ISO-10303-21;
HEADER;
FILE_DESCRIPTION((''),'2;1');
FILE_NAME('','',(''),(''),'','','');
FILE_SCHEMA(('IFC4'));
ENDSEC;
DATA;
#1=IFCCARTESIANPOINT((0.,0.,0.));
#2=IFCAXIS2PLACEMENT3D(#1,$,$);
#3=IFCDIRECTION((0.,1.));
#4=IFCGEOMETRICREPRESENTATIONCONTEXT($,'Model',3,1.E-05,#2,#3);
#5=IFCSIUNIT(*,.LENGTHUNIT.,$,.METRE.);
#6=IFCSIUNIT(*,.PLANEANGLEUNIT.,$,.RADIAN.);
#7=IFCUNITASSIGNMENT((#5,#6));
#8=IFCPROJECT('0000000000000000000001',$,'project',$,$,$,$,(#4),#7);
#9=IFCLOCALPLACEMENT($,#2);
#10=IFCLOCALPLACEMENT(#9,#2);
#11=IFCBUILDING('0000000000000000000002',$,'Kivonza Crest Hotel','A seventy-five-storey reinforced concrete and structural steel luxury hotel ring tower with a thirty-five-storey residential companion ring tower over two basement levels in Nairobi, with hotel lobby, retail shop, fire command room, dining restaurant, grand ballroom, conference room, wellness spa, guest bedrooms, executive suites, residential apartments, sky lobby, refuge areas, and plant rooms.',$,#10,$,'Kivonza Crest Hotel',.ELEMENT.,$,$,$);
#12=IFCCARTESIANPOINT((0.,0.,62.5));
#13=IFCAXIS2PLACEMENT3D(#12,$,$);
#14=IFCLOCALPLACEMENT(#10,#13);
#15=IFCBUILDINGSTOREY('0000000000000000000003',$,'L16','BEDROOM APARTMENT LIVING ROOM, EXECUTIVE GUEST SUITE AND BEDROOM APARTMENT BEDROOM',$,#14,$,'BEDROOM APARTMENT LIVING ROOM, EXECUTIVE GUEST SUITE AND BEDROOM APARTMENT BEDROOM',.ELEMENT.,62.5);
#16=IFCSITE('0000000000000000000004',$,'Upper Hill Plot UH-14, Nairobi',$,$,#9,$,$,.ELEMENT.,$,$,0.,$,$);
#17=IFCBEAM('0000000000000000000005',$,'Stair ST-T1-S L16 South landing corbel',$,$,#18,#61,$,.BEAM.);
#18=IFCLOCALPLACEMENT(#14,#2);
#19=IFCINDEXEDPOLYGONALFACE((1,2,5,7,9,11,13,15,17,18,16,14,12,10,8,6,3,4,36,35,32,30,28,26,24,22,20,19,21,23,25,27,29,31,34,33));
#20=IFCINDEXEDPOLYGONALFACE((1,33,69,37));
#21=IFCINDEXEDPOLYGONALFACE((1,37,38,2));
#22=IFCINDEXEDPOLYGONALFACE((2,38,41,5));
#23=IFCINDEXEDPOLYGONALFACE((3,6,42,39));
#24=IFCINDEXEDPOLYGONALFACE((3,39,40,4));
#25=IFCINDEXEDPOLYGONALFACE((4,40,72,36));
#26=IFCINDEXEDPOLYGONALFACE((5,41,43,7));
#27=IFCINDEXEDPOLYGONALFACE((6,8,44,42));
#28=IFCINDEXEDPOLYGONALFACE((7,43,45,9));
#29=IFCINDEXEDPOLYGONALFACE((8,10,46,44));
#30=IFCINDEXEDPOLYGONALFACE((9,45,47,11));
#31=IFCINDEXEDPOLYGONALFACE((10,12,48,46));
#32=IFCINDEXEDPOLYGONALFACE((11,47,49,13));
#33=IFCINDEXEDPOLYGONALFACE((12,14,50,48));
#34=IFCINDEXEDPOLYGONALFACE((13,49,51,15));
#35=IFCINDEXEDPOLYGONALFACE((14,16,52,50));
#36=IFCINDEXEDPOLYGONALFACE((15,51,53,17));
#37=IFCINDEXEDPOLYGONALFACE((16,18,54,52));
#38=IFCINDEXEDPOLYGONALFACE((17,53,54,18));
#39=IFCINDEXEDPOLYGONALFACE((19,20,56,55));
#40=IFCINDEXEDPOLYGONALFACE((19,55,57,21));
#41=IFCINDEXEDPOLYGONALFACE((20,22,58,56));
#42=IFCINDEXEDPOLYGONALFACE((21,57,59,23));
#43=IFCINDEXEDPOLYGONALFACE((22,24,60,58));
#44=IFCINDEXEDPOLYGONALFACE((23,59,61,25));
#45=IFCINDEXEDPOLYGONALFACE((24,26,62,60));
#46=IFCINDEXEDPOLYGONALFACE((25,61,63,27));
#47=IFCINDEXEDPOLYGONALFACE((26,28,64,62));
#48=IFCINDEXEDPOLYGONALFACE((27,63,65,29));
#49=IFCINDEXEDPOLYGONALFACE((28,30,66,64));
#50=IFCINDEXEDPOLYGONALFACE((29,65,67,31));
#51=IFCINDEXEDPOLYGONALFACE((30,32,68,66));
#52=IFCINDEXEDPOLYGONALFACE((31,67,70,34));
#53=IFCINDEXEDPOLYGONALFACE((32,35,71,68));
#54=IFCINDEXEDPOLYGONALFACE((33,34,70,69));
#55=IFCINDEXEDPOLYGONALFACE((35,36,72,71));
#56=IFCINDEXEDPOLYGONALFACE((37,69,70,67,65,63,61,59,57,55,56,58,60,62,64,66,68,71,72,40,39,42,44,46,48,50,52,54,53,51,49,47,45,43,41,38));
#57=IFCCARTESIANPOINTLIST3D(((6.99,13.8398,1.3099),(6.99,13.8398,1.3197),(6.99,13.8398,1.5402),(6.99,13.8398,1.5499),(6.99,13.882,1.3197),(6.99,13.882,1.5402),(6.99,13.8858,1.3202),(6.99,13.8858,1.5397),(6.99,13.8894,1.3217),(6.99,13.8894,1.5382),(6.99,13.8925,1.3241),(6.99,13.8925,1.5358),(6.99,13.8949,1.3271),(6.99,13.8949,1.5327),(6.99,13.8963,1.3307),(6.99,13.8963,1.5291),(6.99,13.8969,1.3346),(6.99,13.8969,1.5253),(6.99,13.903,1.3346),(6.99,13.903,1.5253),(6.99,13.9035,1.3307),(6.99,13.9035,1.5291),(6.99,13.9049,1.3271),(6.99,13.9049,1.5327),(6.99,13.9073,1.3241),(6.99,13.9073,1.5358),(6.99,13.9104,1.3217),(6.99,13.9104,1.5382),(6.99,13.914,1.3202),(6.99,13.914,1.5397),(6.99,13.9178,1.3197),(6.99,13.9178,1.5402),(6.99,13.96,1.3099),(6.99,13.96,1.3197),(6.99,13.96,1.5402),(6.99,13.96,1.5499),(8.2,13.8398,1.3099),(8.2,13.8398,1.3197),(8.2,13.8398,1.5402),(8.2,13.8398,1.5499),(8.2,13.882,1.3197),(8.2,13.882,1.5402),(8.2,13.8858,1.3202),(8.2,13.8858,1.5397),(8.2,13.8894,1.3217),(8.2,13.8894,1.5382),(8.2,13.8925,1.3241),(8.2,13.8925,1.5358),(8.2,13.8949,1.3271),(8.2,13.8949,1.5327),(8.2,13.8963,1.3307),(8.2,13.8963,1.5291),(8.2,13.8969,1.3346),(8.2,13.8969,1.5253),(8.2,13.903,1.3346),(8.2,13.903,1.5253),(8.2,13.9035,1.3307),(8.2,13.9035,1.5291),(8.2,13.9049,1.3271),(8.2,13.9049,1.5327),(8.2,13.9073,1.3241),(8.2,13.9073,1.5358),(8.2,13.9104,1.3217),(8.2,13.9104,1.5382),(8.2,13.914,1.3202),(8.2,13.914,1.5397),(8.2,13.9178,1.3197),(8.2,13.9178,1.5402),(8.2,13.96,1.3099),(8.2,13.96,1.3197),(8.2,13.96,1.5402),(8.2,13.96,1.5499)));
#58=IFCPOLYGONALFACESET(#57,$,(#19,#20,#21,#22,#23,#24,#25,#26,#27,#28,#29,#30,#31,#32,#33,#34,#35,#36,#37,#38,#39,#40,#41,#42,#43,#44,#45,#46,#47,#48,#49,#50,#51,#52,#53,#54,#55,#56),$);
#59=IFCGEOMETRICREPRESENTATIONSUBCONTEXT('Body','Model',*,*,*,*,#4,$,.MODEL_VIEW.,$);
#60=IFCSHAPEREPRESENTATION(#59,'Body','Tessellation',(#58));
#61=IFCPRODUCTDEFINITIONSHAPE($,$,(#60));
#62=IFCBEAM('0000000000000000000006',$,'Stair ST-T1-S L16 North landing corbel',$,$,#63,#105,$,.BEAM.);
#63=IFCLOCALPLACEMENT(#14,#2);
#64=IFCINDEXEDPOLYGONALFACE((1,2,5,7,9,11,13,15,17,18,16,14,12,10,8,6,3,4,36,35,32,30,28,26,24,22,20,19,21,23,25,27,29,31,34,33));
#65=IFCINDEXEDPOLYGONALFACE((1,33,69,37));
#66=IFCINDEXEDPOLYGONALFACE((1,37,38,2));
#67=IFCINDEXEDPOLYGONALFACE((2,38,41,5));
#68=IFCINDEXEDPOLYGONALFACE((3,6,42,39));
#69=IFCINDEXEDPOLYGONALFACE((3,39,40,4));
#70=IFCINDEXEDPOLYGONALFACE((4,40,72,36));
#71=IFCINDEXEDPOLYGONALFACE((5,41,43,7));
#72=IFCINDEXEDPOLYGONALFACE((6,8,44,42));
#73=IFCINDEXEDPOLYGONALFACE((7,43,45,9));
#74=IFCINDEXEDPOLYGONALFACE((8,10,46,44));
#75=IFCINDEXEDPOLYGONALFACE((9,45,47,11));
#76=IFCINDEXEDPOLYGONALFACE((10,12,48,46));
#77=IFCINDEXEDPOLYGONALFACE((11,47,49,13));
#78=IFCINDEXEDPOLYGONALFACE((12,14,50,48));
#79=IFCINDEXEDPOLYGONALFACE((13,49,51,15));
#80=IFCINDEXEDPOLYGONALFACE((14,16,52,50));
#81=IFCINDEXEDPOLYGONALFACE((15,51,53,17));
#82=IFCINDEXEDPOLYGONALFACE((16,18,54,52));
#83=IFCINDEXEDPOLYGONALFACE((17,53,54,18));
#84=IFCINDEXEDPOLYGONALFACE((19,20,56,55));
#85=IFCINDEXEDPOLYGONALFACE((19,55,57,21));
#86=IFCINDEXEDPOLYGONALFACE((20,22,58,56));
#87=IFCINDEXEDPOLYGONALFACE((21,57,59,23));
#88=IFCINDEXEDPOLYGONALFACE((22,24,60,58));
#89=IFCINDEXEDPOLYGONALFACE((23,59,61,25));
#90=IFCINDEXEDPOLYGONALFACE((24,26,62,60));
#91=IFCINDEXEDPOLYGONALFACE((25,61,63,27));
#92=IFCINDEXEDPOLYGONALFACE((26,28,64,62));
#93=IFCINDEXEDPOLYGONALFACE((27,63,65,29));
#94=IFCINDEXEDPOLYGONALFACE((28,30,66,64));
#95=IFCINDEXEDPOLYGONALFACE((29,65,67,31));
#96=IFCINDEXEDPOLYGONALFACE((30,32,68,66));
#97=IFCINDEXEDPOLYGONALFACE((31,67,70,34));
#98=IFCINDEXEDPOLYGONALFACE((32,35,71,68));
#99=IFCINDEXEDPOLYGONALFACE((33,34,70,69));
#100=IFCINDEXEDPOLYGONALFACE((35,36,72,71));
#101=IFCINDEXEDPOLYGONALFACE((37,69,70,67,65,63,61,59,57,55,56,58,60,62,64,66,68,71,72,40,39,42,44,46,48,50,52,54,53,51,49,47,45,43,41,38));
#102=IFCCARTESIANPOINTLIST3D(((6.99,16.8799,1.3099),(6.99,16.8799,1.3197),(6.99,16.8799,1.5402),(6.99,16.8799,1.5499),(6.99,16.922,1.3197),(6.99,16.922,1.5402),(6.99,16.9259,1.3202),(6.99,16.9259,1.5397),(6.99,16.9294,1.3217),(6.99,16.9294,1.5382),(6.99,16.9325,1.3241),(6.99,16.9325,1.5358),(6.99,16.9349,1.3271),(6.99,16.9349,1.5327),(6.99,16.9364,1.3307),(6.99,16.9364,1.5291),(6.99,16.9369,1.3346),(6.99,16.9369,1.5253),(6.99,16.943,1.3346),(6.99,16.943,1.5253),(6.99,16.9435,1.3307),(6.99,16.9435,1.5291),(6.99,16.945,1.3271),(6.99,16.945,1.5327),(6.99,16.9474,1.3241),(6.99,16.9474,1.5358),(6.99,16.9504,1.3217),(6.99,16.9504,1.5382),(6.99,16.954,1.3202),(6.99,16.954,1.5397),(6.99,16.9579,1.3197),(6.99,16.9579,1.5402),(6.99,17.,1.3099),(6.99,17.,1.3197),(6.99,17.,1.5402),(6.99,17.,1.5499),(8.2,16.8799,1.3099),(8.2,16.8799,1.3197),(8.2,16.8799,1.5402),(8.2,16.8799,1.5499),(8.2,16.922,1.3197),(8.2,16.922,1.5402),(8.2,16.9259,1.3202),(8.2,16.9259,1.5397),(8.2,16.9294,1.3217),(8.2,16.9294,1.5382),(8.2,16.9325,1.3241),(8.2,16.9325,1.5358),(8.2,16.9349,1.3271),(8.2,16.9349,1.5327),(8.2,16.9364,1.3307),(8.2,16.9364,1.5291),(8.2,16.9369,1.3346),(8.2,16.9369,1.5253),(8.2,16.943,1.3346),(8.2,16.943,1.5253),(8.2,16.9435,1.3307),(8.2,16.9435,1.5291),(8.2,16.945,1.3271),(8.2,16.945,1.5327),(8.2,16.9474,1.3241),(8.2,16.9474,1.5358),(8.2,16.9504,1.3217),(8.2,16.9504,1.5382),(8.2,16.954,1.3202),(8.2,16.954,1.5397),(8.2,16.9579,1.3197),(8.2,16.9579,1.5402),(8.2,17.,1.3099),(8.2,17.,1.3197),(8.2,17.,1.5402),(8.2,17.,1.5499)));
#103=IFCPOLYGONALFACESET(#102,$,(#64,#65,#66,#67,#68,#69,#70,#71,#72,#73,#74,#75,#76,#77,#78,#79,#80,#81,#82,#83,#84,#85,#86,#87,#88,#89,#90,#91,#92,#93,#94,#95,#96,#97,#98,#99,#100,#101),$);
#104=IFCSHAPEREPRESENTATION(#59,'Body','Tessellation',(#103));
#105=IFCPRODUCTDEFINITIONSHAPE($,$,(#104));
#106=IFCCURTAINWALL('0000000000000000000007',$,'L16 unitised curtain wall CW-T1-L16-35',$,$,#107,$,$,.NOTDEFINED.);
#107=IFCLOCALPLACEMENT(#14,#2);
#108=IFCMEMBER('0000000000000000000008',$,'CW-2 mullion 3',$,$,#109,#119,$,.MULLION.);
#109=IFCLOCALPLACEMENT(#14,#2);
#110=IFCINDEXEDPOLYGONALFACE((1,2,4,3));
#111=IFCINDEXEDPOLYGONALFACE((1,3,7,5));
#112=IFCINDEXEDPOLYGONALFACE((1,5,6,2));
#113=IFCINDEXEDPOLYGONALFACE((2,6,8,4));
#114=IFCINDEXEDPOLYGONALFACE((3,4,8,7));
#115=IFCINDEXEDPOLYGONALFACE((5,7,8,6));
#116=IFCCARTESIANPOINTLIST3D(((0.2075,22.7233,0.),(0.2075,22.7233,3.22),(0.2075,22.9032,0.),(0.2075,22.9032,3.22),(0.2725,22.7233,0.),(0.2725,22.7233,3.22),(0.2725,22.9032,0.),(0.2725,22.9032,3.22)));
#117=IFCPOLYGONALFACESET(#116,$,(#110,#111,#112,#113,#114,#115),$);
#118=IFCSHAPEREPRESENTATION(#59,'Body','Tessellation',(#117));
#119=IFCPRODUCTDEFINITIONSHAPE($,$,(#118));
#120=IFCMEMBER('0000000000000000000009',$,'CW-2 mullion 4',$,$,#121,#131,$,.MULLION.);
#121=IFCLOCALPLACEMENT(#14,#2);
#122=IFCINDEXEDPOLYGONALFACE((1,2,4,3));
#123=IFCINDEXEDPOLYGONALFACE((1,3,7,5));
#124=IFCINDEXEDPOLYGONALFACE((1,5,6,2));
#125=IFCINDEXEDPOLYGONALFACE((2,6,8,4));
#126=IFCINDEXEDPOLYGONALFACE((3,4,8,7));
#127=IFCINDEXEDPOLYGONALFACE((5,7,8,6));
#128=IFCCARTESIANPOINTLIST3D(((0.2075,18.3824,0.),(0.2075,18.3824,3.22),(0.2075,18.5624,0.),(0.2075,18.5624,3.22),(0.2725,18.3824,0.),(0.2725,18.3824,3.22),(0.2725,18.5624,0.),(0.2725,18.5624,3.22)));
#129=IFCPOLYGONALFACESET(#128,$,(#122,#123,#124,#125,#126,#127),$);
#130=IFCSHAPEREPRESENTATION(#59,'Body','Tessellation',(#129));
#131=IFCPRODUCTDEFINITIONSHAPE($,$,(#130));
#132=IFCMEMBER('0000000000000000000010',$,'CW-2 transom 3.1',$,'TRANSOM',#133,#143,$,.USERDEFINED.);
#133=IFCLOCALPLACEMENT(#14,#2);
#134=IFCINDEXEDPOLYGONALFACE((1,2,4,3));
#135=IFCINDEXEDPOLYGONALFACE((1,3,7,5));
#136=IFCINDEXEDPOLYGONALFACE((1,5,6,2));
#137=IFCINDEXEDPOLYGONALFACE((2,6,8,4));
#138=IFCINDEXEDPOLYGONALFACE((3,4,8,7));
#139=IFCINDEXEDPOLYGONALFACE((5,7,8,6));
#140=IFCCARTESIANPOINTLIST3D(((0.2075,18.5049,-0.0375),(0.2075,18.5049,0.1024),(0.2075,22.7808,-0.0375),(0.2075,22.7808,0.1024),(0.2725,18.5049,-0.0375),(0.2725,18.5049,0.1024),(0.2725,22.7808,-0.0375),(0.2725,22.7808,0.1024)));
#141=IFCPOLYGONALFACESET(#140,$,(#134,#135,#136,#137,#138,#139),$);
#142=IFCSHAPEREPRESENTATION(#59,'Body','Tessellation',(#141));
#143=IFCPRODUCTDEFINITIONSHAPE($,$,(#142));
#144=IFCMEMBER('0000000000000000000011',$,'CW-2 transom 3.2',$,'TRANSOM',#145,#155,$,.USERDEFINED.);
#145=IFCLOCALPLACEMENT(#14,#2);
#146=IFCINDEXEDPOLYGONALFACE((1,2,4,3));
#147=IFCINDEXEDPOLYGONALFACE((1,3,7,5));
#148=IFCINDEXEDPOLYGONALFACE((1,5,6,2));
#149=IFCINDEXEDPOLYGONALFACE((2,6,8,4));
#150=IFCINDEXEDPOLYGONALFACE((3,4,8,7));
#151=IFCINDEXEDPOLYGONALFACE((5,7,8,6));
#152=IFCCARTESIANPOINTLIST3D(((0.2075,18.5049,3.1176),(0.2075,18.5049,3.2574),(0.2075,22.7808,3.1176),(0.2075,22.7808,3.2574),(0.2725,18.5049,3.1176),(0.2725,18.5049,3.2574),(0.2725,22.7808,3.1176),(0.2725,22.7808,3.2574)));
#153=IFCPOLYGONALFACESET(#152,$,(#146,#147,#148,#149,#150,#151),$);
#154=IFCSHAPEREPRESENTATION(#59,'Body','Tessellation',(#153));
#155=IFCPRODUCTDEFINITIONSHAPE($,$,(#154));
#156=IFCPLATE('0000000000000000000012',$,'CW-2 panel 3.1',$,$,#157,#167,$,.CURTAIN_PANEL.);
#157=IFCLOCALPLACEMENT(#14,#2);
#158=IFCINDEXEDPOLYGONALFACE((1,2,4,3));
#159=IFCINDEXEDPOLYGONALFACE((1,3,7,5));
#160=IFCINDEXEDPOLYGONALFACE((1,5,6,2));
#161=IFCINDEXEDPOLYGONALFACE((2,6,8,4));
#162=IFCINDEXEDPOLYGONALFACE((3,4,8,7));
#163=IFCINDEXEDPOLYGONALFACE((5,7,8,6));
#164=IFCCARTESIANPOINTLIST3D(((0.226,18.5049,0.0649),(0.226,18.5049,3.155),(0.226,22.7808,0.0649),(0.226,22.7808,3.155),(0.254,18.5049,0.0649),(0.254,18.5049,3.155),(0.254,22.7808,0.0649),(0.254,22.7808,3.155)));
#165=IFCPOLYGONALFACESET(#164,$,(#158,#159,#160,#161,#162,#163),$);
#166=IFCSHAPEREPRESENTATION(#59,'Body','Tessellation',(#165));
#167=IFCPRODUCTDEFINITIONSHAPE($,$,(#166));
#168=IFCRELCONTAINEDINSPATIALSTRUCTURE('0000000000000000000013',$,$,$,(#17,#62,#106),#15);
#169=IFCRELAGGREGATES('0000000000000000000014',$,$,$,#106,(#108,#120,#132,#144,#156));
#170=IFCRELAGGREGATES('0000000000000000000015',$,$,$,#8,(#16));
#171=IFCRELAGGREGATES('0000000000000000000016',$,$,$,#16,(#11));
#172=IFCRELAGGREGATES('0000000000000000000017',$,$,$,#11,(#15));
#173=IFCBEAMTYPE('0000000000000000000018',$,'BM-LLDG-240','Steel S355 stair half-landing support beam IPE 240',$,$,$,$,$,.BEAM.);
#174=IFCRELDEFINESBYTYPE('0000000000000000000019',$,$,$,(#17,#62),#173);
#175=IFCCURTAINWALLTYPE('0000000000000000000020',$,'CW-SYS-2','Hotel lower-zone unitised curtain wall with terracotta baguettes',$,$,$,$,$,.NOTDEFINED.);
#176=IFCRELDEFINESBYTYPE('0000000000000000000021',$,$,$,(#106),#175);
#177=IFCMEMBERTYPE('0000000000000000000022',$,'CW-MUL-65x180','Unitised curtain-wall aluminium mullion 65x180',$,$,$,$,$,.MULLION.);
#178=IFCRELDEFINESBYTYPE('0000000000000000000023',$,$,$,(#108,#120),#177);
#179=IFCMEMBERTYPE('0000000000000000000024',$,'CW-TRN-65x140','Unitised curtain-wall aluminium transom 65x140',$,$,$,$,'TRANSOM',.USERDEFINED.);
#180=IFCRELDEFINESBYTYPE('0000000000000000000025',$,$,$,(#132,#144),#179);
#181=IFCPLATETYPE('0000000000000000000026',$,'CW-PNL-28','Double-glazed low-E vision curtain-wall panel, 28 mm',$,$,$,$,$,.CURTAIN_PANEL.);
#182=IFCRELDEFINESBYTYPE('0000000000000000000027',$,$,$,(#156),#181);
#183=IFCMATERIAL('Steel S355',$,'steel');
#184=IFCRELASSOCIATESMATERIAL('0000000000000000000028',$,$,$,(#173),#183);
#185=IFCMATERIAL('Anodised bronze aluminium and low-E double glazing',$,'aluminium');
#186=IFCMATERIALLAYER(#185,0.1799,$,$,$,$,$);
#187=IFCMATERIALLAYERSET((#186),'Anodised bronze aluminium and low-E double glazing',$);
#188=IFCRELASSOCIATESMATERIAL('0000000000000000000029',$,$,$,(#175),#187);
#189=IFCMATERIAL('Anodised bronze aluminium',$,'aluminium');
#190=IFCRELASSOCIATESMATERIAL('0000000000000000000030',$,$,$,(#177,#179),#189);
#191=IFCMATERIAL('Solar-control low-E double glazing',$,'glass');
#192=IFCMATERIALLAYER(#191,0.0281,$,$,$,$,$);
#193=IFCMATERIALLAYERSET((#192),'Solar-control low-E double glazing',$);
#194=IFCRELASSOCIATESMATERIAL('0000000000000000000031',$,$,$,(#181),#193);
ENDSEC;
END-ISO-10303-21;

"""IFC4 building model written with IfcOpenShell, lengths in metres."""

from ifc_helpers import new_model, si_unit, direction, frame, origin, origin_2d, place, context, subcontext, project, spatial, rectangle, i_section, extrude, material, layer, layer_set, material_profile, profile_set, type_object, element, aggregate, save


model = new_model("IFC4")

# Units and contexts
model_context = context("Model", 3, precision=1e-05, world=origin(), true_north=direction((0.0, 1.0)))
body_context = subcontext(model_context, "Body", "Model", "MODEL_VIEW")
ifc_project = project(units=[si_unit("LENGTHUNIT", "METRE"), si_unit("PLANEANGLEUNIT", "RADIAN")], contexts=[model_context])

# Site, building, storey
site_placement = place(None, origin())
site = spatial("IfcSite", under=ifc_project, at=site_placement, Name="Upper Hill Plot UH-14, Nairobi", CompositionType="ELEMENT", RefElevation=0.0)
building_placement = place(site_placement, origin())
building = spatial("IfcBuilding", under=site, at=building_placement, Name="Kivonza Crest Hotel", Description="A seventy-five-storey reinforced concrete and structural steel luxury hotel ring tower with a thirty-five-storey residential companion ring tower over two basement levels in Nairobi, with hotel lobby, retail shop, fire command room, dining restaurant, grand ballroom, conference room, wellness spa, guest bedrooms, executive suites, residential apartments, sky lobby, refuge areas, and plant rooms.", LongName="Kivonza Crest Hotel", CompositionType="ELEMENT")
storey_placement = place(building_placement, frame((0.0, 0.0, 62.5)))
storey = spatial("IfcBuildingStorey", under=building, at=storey_placement, Name="L16", Description="BEDROOM APARTMENT LIVING ROOM, EXECUTIVE GUEST SUITE AND BEDROOM APARTMENT BEDROOM", LongName="BEDROOM APARTMENT LIVING ROOM, EXECUTIVE GUEST SUITE AND BEDROOM APARTMENT BEDROOM", CompositionType="ELEMENT", Elevation=62.5)

# Beams
ifc_material_1 = material(Name="Steel S355", Category="steel")
ifc_material_profile_1 = material_profile(ifc_material_1, i_section(OverallWidth=0.1201, OverallDepth=0.24, WebThickness=0.0061, FlangeThickness=0.0098, FilletRadius=0.0149, at=origin_2d()), Name="IPE 240")
ifc_profile_set_1 = profile_set([ifc_material_profile_1], Name="Steel S355")
beam_type_1 = type_object("IfcBeamType", Name="BM-LLDG-240", Description="Steel S355 stair half-landing support beam IPE 240", PredefinedType="BEAM", material=ifc_profile_set_1)
for number, where, z_axis, x_axis, name in (
    (1, (6.99, 13.8999, 1.4299), (1.0, 0.0, 0.0), (0.0, 1.0, 0.0), "Stair ST-T1-S L16 South landing corbel"),
    (2, (6.99, 16.9399, 1.4299), (1.0, 0.0, 0.0), (0.0, 1.0, 0.0), "Stair ST-T1-S L16 North landing corbel"),
):
    element("IfcBeam", number, at=place(storey_placement, frame(where, z_axis=z_axis, x_axis=x_axis)), inside=storey, type_object=beam_type_1, Name=name, PredefinedType="BEAM", context=body_context, shape_type="SweptSolid", body=[
        extrude(i_section(OverallWidth=0.1201, OverallDepth=0.24, WebThickness=0.0061, FlangeThickness=0.0098, FilletRadius=0.0149, at=origin_2d()), origin(), (0.0, 0.0, 1.0), 1.21),
    ])

# Curtain wall, members, plate
ifc_material_2 = material(Name="Anodised bronze aluminium and low-E double glazing", Category="aluminium")
ifc_layer_1 = layer(ifc_material_2, 0.1799)
ifc_layer_set_1 = layer_set([ifc_layer_1], Name="Anodised bronze aluminium and low-E double glazing")
curtain_wall_type = type_object("IfcCurtainWallType", Name="CW-SYS-2", Description="Hotel lower-zone unitised curtain wall with terracotta baguettes", PredefinedType="NOTDEFINED", material=ifc_layer_set_1)
curtain_wall_placement = place(storey_placement, origin())
curtain_wall = element("IfcCurtainWall", 3, at=curtain_wall_placement, inside=storey, type_object=curtain_wall_type, Name="L16 unitised curtain wall CW-T1-L16-35", PredefinedType="NOTDEFINED")
ifc_material_3 = material(Name="Anodised bronze aluminium", Category="aluminium")
ifc_material_profile_2 = material_profile(ifc_material_3, rectangle(XDim=0.0649, YDim=0.1799, at=origin_2d()), Name="CW-M 65x180")
ifc_profile_set_2 = profile_set([ifc_material_profile_2], Name="Anodised bronze aluminium")
member_type_1 = type_object("IfcMemberType", Name="CW-MUL-65x180", Description="Unitised curtain-wall aluminium mullion 65x180", PredefinedType="MULLION", material=ifc_profile_set_2)
member_1_placement = place(storey_placement, frame((0.24, 22.8132, 0.0), z_axis=(0.0, 0.0, 1.0), x_axis=(1.0, 0.0, 0.0)))
member_1 = element("IfcMember", 4, at=member_1_placement, type_object=member_type_1, Name="CW-2 mullion 3", PredefinedType="MULLION", context=body_context, shape_type="SweptSolid", body=[
    extrude(rectangle(XDim=0.0649, YDim=0.1799, at=origin_2d()), origin(), (0.0, 0.0, 1.0), 3.22),
])
member_2_placement = place(storey_placement, frame((0.24, 18.4724, 0.0), z_axis=(0.0, 0.0, 1.0), x_axis=(1.0, 0.0, 0.0)))
member_2 = element("IfcMember", 5, at=member_2_placement, type_object=member_type_1, Name="CW-2 mullion 4", PredefinedType="MULLION", context=body_context, shape_type="SweptSolid", body=[
    extrude(rectangle(XDim=0.0649, YDim=0.1799, at=origin_2d()), origin(), (0.0, 0.0, 1.0), 3.22),
])
ifc_material_profile_3 = material_profile(ifc_material_3, rectangle(XDim=0.0649, YDim=0.1399, at=origin_2d()), Name="CW-T 65x140")
ifc_profile_set_3 = profile_set([ifc_material_profile_3], Name="Anodised bronze aluminium")
member_type_2 = type_object("IfcMemberType", Name="CW-TRN-65x140", Description="Unitised curtain-wall aluminium transom 65x140", ElementType="TRANSOM", PredefinedType="USERDEFINED", material=ifc_profile_set_3)
member_3_placement = place(storey_placement, frame((0.24, 22.7808, 0.0325), z_axis=(0.0, -1.0, 0.0), x_axis=(1.0, 0.0, 0.0)))
member_3 = element("IfcMember", 6, at=member_3_placement, type_object=member_type_2, Name="CW-2 transom 3.1", ObjectType="TRANSOM", PredefinedType="USERDEFINED", context=body_context, shape_type="SweptSolid", body=[
    extrude(rectangle(XDim=0.0649, YDim=0.1399, at=origin_2d()), origin(), (0.0, 0.0, 1.0), 4.2759),
])
member_4_placement = place(storey_placement, frame((0.24, 22.7808, 3.1875), z_axis=(0.0, -1.0, 0.0), x_axis=(1.0, 0.0, 0.0)))
member_4 = element("IfcMember", 7, at=member_4_placement, type_object=member_type_2, Name="CW-2 transom 3.2", ObjectType="TRANSOM", PredefinedType="USERDEFINED", context=body_context, shape_type="SweptSolid", body=[
    extrude(rectangle(XDim=0.0649, YDim=0.1399, at=origin_2d()), origin(), (0.0, 0.0, 1.0), 4.2759),
])
ifc_material_4 = material(Name="Solar-control low-E double glazing", Category="glass")
ifc_layer_2 = layer(ifc_material_4, 0.0281)
ifc_layer_set_2 = layer_set([ifc_layer_2], Name="Solar-control low-E double glazing")
plate_type = type_object("IfcPlateType", Name="CW-PNL-28", Description="Double-glazed low-E vision curtain-wall panel, 28 mm", PredefinedType="CURTAIN_PANEL", material=ifc_layer_set_2)
plate_placement = place(storey_placement, frame((0.24, 20.6428, 0.0649), z_axis=(0.0, 0.0, 1.0), x_axis=(0.0, -1.0, 0.0)))
plate = element("IfcPlate", 8, at=plate_placement, type_object=plate_type, Name="CW-2 panel 3.1", PredefinedType="CURTAIN_PANEL", context=body_context, shape_type="SweptSolid", body=[
    extrude(rectangle(XDim=4.2759, YDim=0.0281, at=origin_2d()), origin(), (0.0, 0.0, 1.0), 3.0901),
])
aggregate(curtain_wall, [member_1, member_2, member_3, member_4, plate])

save(model, "model.ifc")
